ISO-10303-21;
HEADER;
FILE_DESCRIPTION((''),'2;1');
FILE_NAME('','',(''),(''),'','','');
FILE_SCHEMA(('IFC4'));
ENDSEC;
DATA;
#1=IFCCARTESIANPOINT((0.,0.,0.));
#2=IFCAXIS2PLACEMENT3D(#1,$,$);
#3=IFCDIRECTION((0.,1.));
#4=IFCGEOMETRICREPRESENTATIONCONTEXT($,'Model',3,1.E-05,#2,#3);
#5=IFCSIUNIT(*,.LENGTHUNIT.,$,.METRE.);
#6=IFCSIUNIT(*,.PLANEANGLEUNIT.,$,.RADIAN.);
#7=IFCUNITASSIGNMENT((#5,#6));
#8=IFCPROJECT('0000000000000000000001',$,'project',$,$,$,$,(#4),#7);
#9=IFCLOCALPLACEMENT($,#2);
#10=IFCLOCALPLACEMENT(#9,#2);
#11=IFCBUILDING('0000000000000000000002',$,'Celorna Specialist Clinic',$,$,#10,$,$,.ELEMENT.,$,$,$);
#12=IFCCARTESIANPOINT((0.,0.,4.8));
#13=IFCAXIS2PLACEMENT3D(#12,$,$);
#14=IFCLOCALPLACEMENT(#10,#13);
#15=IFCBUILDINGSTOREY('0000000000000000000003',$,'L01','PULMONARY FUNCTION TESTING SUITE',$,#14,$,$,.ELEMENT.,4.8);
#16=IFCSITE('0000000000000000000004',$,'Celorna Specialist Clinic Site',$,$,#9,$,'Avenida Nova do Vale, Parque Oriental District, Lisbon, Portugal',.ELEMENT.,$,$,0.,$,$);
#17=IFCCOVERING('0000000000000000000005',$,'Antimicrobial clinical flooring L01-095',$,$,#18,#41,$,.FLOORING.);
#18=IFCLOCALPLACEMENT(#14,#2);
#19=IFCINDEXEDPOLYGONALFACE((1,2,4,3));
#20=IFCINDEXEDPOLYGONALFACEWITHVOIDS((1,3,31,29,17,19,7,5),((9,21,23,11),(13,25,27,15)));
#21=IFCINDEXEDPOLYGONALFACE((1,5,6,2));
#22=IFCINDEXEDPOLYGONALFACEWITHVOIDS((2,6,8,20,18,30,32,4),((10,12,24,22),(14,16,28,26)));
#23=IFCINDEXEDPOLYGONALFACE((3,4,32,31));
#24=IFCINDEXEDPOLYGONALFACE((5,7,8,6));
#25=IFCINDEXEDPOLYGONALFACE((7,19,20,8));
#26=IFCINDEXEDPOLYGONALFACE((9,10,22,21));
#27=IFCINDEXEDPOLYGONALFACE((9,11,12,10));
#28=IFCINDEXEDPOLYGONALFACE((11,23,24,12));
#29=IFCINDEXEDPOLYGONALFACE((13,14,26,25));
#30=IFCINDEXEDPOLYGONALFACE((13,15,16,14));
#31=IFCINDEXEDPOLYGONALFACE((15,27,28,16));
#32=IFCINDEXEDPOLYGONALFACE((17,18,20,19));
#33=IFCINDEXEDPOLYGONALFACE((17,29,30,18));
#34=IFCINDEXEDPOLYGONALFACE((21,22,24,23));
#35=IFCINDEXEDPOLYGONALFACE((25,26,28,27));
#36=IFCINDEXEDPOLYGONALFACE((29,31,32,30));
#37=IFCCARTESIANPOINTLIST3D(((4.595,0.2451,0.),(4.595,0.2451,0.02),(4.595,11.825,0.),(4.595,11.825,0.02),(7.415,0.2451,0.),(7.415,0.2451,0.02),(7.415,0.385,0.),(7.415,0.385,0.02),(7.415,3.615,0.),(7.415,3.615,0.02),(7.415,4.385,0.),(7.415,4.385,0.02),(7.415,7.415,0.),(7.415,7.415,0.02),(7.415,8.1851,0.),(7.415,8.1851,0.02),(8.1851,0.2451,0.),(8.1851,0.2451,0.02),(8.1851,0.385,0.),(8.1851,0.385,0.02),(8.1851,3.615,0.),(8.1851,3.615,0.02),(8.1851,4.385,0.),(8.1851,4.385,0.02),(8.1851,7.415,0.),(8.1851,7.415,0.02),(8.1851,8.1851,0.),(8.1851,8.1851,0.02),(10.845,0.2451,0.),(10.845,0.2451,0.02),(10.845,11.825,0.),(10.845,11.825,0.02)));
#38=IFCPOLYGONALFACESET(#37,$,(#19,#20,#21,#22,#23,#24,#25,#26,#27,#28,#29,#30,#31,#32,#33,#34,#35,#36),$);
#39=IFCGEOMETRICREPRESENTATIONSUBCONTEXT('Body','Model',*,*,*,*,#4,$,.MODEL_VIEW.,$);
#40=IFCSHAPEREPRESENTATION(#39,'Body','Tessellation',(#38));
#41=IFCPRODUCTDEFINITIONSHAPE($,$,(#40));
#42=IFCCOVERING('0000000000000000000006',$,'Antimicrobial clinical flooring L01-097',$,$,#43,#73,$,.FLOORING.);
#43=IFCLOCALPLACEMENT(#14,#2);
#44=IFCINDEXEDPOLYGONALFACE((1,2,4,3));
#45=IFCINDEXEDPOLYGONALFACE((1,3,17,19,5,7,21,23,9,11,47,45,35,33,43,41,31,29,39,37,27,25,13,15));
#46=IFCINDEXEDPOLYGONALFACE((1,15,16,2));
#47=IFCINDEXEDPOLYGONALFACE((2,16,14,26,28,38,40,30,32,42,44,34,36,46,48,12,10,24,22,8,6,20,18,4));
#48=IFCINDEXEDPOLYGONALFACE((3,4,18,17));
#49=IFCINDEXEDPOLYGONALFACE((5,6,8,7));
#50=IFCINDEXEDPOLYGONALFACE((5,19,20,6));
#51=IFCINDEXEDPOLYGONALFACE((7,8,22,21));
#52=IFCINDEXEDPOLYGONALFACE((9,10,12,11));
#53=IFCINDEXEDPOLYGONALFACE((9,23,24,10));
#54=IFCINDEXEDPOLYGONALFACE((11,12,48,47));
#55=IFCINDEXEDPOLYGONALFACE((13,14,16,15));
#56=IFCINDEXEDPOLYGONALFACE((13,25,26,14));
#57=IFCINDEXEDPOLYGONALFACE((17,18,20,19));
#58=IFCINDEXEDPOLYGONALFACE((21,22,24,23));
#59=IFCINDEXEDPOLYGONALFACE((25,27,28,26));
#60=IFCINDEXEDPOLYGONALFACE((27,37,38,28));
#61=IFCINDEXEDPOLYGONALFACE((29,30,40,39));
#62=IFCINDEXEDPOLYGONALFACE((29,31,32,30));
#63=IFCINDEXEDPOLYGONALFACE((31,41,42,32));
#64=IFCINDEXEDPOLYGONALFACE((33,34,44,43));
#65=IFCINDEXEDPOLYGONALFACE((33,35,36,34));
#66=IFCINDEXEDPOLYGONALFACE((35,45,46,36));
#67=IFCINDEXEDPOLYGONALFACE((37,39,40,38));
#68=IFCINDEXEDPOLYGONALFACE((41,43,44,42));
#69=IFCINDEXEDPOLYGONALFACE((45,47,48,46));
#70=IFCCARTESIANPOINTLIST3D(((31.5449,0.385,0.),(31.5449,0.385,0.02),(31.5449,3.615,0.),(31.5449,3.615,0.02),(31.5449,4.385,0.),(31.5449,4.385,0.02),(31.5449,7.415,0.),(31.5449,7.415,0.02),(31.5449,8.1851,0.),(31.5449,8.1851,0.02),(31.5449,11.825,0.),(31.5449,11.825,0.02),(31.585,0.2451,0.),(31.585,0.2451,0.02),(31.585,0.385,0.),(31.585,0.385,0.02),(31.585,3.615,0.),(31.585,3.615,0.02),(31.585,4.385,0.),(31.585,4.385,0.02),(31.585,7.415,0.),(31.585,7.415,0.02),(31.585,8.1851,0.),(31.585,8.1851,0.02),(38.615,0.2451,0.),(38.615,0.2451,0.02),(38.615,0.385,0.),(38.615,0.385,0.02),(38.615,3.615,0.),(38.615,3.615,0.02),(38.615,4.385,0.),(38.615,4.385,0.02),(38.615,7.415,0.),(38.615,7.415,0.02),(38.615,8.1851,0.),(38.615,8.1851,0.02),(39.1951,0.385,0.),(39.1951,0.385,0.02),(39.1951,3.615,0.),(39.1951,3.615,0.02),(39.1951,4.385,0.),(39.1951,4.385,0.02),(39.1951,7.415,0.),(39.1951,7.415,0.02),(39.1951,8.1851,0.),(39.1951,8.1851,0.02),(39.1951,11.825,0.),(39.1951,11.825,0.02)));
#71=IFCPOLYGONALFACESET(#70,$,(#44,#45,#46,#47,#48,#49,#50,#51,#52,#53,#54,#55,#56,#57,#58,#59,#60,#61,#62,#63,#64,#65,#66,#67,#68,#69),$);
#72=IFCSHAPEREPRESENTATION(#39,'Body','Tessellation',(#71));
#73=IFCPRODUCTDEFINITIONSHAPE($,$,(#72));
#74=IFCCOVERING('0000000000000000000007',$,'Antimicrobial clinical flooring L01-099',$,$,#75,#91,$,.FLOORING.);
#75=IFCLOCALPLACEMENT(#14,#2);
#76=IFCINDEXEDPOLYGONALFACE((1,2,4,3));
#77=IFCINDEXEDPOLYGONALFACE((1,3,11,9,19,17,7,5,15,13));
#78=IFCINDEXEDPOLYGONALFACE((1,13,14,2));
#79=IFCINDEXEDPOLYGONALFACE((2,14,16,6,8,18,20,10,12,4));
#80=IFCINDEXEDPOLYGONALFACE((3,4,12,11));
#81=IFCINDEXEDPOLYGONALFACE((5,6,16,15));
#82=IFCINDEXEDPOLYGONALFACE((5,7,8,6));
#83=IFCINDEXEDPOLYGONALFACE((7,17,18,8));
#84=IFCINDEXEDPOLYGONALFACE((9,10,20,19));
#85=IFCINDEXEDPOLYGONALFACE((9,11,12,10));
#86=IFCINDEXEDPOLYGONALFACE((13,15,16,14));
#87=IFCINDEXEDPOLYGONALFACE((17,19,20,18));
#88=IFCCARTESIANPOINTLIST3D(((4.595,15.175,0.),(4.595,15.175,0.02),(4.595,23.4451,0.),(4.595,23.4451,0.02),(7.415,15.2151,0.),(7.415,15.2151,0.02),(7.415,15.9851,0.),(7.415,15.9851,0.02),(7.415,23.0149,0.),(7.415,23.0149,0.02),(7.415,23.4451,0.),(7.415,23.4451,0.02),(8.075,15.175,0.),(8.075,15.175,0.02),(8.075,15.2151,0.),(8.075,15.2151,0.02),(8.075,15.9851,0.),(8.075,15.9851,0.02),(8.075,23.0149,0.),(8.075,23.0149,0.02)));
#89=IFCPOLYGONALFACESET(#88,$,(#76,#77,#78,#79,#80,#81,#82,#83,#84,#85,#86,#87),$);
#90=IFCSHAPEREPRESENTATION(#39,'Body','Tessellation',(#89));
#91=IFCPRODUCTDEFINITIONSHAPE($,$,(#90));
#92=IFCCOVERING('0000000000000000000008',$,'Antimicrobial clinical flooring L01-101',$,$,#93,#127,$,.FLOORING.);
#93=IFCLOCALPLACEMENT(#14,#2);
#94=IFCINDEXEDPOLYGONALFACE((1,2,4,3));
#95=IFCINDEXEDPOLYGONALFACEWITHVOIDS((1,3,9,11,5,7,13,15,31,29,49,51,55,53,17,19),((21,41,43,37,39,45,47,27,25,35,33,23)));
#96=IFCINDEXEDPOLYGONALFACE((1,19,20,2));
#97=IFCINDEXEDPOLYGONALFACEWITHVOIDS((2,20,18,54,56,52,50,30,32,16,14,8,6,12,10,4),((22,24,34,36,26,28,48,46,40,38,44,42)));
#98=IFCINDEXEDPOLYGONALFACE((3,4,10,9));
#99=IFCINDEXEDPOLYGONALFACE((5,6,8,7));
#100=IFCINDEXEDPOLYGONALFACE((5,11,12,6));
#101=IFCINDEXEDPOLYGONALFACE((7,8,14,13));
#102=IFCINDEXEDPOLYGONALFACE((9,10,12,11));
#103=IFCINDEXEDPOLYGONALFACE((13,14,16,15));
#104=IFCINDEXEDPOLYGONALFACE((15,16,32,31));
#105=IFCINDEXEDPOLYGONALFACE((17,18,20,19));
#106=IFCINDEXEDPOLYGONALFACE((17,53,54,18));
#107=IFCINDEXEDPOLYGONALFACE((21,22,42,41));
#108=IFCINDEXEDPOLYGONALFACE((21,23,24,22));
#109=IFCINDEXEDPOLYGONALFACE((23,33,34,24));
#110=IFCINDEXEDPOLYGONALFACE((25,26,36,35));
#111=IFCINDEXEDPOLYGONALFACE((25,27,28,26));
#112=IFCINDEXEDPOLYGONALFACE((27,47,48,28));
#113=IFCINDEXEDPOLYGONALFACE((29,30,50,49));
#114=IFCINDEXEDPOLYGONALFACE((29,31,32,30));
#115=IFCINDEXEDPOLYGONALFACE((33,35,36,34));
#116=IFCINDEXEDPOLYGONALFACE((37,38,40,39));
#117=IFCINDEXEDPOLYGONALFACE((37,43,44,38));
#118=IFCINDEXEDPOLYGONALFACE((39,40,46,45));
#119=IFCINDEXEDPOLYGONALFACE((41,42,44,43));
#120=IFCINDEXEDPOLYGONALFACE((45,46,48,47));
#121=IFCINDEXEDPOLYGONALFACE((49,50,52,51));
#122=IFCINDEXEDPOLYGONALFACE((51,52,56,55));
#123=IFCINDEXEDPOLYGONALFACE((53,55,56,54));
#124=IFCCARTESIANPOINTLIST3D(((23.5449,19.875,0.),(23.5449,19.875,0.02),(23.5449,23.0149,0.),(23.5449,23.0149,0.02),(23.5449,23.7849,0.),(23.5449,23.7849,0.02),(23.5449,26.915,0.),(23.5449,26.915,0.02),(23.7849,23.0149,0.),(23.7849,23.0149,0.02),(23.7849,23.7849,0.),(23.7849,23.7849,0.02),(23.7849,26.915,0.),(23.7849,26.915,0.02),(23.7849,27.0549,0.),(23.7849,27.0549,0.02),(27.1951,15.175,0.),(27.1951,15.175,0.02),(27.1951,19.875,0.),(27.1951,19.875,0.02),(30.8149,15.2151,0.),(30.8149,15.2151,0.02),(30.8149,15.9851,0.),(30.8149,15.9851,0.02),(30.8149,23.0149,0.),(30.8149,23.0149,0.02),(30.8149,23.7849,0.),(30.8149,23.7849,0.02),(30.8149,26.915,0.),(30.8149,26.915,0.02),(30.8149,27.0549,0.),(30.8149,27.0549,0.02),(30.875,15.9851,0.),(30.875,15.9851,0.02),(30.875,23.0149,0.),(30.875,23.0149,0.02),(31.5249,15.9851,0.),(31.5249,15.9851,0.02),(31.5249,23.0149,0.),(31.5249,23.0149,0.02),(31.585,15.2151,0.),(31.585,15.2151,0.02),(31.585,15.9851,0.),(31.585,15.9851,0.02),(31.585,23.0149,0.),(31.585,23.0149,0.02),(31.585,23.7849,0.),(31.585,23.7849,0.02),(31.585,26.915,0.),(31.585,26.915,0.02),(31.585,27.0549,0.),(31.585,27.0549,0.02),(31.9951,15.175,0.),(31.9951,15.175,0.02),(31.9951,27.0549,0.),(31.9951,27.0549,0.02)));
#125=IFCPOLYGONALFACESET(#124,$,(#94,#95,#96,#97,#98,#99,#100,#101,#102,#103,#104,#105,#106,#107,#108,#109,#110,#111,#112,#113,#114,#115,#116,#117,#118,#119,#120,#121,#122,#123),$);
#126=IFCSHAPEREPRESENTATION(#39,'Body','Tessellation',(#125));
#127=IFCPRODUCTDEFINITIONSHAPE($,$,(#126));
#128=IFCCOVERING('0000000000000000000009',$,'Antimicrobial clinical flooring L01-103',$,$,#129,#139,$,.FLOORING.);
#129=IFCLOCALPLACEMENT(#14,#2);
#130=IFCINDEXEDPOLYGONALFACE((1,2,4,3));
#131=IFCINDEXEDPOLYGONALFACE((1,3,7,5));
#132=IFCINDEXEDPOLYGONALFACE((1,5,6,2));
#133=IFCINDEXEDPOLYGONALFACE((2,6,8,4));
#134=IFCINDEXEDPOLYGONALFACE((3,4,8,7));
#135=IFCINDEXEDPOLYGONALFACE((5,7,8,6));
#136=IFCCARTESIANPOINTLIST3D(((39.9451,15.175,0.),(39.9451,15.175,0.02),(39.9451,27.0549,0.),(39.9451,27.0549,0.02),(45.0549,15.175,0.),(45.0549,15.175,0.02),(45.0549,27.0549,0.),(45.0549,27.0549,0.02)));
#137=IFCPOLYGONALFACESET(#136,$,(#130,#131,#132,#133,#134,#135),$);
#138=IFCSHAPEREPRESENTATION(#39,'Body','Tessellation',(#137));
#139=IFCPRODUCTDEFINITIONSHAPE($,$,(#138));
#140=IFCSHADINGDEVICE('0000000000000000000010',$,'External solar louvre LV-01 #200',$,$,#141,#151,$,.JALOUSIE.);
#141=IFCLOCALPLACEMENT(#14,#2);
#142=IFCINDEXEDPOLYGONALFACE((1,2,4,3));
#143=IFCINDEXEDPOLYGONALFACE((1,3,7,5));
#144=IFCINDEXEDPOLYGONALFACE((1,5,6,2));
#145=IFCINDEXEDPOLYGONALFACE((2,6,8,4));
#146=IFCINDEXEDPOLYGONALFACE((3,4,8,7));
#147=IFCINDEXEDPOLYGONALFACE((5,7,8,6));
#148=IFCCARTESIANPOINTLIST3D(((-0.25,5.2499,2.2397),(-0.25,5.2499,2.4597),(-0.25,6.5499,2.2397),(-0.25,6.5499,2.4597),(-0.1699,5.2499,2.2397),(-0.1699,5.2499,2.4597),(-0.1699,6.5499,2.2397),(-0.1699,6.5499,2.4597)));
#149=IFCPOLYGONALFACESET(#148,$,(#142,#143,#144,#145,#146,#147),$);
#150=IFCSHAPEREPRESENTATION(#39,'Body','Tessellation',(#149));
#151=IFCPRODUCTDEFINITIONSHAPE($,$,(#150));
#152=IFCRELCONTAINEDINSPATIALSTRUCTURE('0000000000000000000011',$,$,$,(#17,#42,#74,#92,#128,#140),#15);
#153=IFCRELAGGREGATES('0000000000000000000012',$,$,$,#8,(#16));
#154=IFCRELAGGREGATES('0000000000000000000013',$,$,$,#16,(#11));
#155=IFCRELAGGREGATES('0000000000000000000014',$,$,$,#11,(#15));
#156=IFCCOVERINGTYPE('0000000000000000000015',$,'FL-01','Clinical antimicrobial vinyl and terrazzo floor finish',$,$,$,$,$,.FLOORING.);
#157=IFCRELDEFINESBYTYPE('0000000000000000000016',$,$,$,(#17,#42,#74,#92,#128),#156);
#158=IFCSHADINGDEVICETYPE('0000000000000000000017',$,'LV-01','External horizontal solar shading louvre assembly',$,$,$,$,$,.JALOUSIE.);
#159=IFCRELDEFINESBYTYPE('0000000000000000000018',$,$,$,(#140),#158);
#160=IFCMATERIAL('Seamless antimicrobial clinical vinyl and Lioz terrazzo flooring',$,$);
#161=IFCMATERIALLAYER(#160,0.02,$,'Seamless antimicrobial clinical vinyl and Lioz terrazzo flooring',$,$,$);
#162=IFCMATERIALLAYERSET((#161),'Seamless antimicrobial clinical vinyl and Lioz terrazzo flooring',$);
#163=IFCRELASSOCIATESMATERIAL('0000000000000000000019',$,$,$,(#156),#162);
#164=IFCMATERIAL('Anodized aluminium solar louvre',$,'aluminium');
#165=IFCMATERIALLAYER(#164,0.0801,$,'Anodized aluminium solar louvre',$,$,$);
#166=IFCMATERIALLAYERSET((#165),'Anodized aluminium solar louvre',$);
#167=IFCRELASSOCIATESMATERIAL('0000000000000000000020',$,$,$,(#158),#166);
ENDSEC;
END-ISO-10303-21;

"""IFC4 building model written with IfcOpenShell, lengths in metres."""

from ifc_helpers import new_model, si_unit, direction, frame, origin, origin_2d, place, context, subcontext, project, spatial, polyline, rectangle, outline, extrude, material, layer, layer_set, type_object, element, save


model = new_model("IFC4")

# Units and contexts
model_context = context("Model", 3, precision=1e-05, world=origin(), true_north=direction((0.0, 1.0)))
body_context = subcontext(model_context, "Body", "Model", "MODEL_VIEW")
ifc_project = project(units=[si_unit("LENGTHUNIT", "METRE"), si_unit("PLANEANGLEUNIT", "RADIAN")], contexts=[model_context])

# Site, building, storey
site_placement = place(None, origin())
site = spatial("IfcSite", under=ifc_project, at=site_placement, Name="Celorna Specialist Clinic Site", LongName="Avenida Nova do Vale, Parque Oriental District, Lisbon, Portugal", CompositionType="ELEMENT", RefElevation=0.0)
building_placement = place(site_placement, origin())
building = spatial("IfcBuilding", under=site, at=building_placement, Name="Celorna Specialist Clinic", CompositionType="ELEMENT")
storey_placement = place(building_placement, frame((0.0, 0.0, 4.8)))
storey = spatial("IfcBuildingStorey", under=building, at=storey_placement, Name="L01", Description="PULMONARY FUNCTION TESTING SUITE", CompositionType="ELEMENT", Elevation=4.8)

# Coverings
ifc_material_1 = material(Name="Seamless antimicrobial clinical vinyl and Lioz terrazzo flooring")
ifc_layer_1 = layer(ifc_material_1, 0.02, Name="Seamless antimicrobial clinical vinyl and Lioz terrazzo flooring")
ifc_layer_set_1 = layer_set([ifc_layer_1], Name="Seamless antimicrobial clinical vinyl and Lioz terrazzo flooring")
covering_type_1 = type_object("IfcCoveringType", Name="FL-01", Description="Clinical antimicrobial vinyl and terrazzo floor finish", PredefinedType="FLOORING", material=ifc_layer_set_1)
covering_1_placement = place(storey_placement, origin())
element("IfcCovering", 1, at=covering_1_placement, inside=storey, type_object=covering_type_1, Name="Antimicrobial clinical flooring L01-095", PredefinedType="FLOORING", context=body_context, shape_type="SweptSolid", body=[
    extrude(outline(polyline([(4.595, 11.825), (10.845, 11.825), (10.845, 0.2451), (8.1851, 0.2451), (8.1851, 0.385), (7.415, 0.385), (7.415, 0.2451), (4.595, 0.2451), (4.595, 11.825)]), holes=[polyline([(8.1851, 3.615), (8.1851, 4.385), (7.415, 4.385), (7.415, 3.615), (8.1851, 3.615)]), polyline([(8.1851, 7.415), (8.1851, 8.1851), (7.415, 8.1851), (7.415, 7.415), (8.1851, 7.415)])]), origin(), (0.0, 0.0, 1.0), 0.02),
])
covering_2_placement = place(storey_placement, origin())
element("IfcCovering", 2, at=covering_2_placement, inside=storey, type_object=covering_type_1, Name="Antimicrobial clinical flooring L01-097", PredefinedType="FLOORING", context=body_context, shape_type="SweptSolid", body=[
    extrude(outline(polyline([(31.5449, 0.385), (31.5449, 3.615), (31.585, 3.615), (31.585, 4.385), (31.5449, 4.385), (31.5449, 7.415), (31.585, 7.415), (31.585, 8.1851), (31.5449, 8.1851), (31.5449, 11.825), (39.1951, 11.825), (39.1951, 8.1851), (38.615, 8.1851), (38.615, 7.415), (39.1951, 7.415), (39.1951, 4.385), (38.615, 4.385), (38.615, 3.615), (39.1951, 3.615), (39.1951, 0.385), (38.615, 0.385), (38.615, 0.2451), (31.585, 0.2451), (31.585, 0.385), (31.5449, 0.385)])), origin(), (0.0, 0.0, 1.0), 0.02),
])
covering_3_placement = place(storey_placement, origin())
element("IfcCovering", 3, at=covering_3_placement, inside=storey, type_object=covering_type_1, Name="Antimicrobial clinical flooring L01-099", PredefinedType="FLOORING", context=body_context, shape_type="SweptSolid", body=[
    extrude(outline(polyline([(8.075, 15.2151), (8.075, 15.175), (4.595, 15.175), (4.595, 23.4451), (7.415, 23.4451), (7.415, 23.0149), (8.075, 23.0149), (8.075, 15.9851), (7.415, 15.9851), (7.415, 15.2151), (8.075, 15.2151)])), origin(), (0.0, 0.0, 1.0), 0.02),
])
covering_4_placement = place(storey_placement, origin())
element("IfcCovering", 4, at=covering_4_placement, inside=storey, type_object=covering_type_1, Name="Antimicrobial clinical flooring L01-101", PredefinedType="FLOORING", context=body_context, shape_type="SweptSolid", body=[
    extrude(outline(polyline([(27.1951, 15.175), (27.1951, 19.875), (23.5449, 19.875), (23.5449, 23.0149), (23.7849, 23.0149), (23.7849, 23.7849), (23.5449, 23.7849), (23.5449, 26.915), (23.7849, 26.915), (23.7849, 27.0549), (30.8149, 27.0549), (30.8149, 26.915), (31.585, 26.915), (31.585, 27.0549), (31.9951, 27.0549), (31.9951, 15.175), (27.1951, 15.175)]), holes=[polyline([(30.875, 15.9851), (30.8149, 15.9851), (30.8149, 15.2151), (31.585, 15.2151), (31.585, 15.9851), (31.5249, 15.9851), (31.5249, 23.0149), (31.585, 23.0149), (31.585, 23.7849), (30.8149, 23.7849), (30.8149, 23.0149), (30.875, 23.0149), (30.875, 15.9851)])]), origin(), (0.0, 0.0, 1.0), 0.02),
])
covering_5_placement = place(storey_placement, origin())
element("IfcCovering", 5, at=covering_5_placement, inside=storey, type_object=covering_type_1, Name="Antimicrobial clinical flooring L01-103", PredefinedType="FLOORING", context=body_context, shape_type="SweptSolid", body=[
    extrude(outline(polyline([(39.9451, 27.0549), (45.0549, 27.0549), (45.0549, 15.175), (39.9451, 15.175), (39.9451, 27.0549)])), origin(), (0.0, 0.0, 1.0), 0.02),
])

# Shading device
ifc_material_2 = material(Name="Anodized aluminium solar louvre", Category="aluminium")
ifc_layer_2 = layer(ifc_material_2, 0.0801, Name="Anodized aluminium solar louvre")
ifc_layer_set_2 = layer_set([ifc_layer_2], Name="Anodized aluminium solar louvre")
shading_device_type = type_object("IfcShadingDeviceType", Name="LV-01", Description="External horizontal solar shading louvre assembly", PredefinedType="JALOUSIE", material=ifc_layer_set_2)
shading_device_placement = place(storey_placement, frame((-0.21, 5.8999, 2.2397), z_axis=(0.0, 0.0, 1.0), x_axis=(0.0, 1.0, 0.0)))
element("IfcShadingDevice", 6, at=shading_device_placement, inside=storey, type_object=shading_device_type, Name="External solar louvre LV-01 #200", PredefinedType="JALOUSIE", context=body_context, shape_type="SweptSolid", body=[
    extrude(rectangle(XDim=1.3, YDim=0.0801, at=origin_2d()), origin(), (0.0, 0.0, 1.0), 0.22),
])

save(model, "model.ifc")
